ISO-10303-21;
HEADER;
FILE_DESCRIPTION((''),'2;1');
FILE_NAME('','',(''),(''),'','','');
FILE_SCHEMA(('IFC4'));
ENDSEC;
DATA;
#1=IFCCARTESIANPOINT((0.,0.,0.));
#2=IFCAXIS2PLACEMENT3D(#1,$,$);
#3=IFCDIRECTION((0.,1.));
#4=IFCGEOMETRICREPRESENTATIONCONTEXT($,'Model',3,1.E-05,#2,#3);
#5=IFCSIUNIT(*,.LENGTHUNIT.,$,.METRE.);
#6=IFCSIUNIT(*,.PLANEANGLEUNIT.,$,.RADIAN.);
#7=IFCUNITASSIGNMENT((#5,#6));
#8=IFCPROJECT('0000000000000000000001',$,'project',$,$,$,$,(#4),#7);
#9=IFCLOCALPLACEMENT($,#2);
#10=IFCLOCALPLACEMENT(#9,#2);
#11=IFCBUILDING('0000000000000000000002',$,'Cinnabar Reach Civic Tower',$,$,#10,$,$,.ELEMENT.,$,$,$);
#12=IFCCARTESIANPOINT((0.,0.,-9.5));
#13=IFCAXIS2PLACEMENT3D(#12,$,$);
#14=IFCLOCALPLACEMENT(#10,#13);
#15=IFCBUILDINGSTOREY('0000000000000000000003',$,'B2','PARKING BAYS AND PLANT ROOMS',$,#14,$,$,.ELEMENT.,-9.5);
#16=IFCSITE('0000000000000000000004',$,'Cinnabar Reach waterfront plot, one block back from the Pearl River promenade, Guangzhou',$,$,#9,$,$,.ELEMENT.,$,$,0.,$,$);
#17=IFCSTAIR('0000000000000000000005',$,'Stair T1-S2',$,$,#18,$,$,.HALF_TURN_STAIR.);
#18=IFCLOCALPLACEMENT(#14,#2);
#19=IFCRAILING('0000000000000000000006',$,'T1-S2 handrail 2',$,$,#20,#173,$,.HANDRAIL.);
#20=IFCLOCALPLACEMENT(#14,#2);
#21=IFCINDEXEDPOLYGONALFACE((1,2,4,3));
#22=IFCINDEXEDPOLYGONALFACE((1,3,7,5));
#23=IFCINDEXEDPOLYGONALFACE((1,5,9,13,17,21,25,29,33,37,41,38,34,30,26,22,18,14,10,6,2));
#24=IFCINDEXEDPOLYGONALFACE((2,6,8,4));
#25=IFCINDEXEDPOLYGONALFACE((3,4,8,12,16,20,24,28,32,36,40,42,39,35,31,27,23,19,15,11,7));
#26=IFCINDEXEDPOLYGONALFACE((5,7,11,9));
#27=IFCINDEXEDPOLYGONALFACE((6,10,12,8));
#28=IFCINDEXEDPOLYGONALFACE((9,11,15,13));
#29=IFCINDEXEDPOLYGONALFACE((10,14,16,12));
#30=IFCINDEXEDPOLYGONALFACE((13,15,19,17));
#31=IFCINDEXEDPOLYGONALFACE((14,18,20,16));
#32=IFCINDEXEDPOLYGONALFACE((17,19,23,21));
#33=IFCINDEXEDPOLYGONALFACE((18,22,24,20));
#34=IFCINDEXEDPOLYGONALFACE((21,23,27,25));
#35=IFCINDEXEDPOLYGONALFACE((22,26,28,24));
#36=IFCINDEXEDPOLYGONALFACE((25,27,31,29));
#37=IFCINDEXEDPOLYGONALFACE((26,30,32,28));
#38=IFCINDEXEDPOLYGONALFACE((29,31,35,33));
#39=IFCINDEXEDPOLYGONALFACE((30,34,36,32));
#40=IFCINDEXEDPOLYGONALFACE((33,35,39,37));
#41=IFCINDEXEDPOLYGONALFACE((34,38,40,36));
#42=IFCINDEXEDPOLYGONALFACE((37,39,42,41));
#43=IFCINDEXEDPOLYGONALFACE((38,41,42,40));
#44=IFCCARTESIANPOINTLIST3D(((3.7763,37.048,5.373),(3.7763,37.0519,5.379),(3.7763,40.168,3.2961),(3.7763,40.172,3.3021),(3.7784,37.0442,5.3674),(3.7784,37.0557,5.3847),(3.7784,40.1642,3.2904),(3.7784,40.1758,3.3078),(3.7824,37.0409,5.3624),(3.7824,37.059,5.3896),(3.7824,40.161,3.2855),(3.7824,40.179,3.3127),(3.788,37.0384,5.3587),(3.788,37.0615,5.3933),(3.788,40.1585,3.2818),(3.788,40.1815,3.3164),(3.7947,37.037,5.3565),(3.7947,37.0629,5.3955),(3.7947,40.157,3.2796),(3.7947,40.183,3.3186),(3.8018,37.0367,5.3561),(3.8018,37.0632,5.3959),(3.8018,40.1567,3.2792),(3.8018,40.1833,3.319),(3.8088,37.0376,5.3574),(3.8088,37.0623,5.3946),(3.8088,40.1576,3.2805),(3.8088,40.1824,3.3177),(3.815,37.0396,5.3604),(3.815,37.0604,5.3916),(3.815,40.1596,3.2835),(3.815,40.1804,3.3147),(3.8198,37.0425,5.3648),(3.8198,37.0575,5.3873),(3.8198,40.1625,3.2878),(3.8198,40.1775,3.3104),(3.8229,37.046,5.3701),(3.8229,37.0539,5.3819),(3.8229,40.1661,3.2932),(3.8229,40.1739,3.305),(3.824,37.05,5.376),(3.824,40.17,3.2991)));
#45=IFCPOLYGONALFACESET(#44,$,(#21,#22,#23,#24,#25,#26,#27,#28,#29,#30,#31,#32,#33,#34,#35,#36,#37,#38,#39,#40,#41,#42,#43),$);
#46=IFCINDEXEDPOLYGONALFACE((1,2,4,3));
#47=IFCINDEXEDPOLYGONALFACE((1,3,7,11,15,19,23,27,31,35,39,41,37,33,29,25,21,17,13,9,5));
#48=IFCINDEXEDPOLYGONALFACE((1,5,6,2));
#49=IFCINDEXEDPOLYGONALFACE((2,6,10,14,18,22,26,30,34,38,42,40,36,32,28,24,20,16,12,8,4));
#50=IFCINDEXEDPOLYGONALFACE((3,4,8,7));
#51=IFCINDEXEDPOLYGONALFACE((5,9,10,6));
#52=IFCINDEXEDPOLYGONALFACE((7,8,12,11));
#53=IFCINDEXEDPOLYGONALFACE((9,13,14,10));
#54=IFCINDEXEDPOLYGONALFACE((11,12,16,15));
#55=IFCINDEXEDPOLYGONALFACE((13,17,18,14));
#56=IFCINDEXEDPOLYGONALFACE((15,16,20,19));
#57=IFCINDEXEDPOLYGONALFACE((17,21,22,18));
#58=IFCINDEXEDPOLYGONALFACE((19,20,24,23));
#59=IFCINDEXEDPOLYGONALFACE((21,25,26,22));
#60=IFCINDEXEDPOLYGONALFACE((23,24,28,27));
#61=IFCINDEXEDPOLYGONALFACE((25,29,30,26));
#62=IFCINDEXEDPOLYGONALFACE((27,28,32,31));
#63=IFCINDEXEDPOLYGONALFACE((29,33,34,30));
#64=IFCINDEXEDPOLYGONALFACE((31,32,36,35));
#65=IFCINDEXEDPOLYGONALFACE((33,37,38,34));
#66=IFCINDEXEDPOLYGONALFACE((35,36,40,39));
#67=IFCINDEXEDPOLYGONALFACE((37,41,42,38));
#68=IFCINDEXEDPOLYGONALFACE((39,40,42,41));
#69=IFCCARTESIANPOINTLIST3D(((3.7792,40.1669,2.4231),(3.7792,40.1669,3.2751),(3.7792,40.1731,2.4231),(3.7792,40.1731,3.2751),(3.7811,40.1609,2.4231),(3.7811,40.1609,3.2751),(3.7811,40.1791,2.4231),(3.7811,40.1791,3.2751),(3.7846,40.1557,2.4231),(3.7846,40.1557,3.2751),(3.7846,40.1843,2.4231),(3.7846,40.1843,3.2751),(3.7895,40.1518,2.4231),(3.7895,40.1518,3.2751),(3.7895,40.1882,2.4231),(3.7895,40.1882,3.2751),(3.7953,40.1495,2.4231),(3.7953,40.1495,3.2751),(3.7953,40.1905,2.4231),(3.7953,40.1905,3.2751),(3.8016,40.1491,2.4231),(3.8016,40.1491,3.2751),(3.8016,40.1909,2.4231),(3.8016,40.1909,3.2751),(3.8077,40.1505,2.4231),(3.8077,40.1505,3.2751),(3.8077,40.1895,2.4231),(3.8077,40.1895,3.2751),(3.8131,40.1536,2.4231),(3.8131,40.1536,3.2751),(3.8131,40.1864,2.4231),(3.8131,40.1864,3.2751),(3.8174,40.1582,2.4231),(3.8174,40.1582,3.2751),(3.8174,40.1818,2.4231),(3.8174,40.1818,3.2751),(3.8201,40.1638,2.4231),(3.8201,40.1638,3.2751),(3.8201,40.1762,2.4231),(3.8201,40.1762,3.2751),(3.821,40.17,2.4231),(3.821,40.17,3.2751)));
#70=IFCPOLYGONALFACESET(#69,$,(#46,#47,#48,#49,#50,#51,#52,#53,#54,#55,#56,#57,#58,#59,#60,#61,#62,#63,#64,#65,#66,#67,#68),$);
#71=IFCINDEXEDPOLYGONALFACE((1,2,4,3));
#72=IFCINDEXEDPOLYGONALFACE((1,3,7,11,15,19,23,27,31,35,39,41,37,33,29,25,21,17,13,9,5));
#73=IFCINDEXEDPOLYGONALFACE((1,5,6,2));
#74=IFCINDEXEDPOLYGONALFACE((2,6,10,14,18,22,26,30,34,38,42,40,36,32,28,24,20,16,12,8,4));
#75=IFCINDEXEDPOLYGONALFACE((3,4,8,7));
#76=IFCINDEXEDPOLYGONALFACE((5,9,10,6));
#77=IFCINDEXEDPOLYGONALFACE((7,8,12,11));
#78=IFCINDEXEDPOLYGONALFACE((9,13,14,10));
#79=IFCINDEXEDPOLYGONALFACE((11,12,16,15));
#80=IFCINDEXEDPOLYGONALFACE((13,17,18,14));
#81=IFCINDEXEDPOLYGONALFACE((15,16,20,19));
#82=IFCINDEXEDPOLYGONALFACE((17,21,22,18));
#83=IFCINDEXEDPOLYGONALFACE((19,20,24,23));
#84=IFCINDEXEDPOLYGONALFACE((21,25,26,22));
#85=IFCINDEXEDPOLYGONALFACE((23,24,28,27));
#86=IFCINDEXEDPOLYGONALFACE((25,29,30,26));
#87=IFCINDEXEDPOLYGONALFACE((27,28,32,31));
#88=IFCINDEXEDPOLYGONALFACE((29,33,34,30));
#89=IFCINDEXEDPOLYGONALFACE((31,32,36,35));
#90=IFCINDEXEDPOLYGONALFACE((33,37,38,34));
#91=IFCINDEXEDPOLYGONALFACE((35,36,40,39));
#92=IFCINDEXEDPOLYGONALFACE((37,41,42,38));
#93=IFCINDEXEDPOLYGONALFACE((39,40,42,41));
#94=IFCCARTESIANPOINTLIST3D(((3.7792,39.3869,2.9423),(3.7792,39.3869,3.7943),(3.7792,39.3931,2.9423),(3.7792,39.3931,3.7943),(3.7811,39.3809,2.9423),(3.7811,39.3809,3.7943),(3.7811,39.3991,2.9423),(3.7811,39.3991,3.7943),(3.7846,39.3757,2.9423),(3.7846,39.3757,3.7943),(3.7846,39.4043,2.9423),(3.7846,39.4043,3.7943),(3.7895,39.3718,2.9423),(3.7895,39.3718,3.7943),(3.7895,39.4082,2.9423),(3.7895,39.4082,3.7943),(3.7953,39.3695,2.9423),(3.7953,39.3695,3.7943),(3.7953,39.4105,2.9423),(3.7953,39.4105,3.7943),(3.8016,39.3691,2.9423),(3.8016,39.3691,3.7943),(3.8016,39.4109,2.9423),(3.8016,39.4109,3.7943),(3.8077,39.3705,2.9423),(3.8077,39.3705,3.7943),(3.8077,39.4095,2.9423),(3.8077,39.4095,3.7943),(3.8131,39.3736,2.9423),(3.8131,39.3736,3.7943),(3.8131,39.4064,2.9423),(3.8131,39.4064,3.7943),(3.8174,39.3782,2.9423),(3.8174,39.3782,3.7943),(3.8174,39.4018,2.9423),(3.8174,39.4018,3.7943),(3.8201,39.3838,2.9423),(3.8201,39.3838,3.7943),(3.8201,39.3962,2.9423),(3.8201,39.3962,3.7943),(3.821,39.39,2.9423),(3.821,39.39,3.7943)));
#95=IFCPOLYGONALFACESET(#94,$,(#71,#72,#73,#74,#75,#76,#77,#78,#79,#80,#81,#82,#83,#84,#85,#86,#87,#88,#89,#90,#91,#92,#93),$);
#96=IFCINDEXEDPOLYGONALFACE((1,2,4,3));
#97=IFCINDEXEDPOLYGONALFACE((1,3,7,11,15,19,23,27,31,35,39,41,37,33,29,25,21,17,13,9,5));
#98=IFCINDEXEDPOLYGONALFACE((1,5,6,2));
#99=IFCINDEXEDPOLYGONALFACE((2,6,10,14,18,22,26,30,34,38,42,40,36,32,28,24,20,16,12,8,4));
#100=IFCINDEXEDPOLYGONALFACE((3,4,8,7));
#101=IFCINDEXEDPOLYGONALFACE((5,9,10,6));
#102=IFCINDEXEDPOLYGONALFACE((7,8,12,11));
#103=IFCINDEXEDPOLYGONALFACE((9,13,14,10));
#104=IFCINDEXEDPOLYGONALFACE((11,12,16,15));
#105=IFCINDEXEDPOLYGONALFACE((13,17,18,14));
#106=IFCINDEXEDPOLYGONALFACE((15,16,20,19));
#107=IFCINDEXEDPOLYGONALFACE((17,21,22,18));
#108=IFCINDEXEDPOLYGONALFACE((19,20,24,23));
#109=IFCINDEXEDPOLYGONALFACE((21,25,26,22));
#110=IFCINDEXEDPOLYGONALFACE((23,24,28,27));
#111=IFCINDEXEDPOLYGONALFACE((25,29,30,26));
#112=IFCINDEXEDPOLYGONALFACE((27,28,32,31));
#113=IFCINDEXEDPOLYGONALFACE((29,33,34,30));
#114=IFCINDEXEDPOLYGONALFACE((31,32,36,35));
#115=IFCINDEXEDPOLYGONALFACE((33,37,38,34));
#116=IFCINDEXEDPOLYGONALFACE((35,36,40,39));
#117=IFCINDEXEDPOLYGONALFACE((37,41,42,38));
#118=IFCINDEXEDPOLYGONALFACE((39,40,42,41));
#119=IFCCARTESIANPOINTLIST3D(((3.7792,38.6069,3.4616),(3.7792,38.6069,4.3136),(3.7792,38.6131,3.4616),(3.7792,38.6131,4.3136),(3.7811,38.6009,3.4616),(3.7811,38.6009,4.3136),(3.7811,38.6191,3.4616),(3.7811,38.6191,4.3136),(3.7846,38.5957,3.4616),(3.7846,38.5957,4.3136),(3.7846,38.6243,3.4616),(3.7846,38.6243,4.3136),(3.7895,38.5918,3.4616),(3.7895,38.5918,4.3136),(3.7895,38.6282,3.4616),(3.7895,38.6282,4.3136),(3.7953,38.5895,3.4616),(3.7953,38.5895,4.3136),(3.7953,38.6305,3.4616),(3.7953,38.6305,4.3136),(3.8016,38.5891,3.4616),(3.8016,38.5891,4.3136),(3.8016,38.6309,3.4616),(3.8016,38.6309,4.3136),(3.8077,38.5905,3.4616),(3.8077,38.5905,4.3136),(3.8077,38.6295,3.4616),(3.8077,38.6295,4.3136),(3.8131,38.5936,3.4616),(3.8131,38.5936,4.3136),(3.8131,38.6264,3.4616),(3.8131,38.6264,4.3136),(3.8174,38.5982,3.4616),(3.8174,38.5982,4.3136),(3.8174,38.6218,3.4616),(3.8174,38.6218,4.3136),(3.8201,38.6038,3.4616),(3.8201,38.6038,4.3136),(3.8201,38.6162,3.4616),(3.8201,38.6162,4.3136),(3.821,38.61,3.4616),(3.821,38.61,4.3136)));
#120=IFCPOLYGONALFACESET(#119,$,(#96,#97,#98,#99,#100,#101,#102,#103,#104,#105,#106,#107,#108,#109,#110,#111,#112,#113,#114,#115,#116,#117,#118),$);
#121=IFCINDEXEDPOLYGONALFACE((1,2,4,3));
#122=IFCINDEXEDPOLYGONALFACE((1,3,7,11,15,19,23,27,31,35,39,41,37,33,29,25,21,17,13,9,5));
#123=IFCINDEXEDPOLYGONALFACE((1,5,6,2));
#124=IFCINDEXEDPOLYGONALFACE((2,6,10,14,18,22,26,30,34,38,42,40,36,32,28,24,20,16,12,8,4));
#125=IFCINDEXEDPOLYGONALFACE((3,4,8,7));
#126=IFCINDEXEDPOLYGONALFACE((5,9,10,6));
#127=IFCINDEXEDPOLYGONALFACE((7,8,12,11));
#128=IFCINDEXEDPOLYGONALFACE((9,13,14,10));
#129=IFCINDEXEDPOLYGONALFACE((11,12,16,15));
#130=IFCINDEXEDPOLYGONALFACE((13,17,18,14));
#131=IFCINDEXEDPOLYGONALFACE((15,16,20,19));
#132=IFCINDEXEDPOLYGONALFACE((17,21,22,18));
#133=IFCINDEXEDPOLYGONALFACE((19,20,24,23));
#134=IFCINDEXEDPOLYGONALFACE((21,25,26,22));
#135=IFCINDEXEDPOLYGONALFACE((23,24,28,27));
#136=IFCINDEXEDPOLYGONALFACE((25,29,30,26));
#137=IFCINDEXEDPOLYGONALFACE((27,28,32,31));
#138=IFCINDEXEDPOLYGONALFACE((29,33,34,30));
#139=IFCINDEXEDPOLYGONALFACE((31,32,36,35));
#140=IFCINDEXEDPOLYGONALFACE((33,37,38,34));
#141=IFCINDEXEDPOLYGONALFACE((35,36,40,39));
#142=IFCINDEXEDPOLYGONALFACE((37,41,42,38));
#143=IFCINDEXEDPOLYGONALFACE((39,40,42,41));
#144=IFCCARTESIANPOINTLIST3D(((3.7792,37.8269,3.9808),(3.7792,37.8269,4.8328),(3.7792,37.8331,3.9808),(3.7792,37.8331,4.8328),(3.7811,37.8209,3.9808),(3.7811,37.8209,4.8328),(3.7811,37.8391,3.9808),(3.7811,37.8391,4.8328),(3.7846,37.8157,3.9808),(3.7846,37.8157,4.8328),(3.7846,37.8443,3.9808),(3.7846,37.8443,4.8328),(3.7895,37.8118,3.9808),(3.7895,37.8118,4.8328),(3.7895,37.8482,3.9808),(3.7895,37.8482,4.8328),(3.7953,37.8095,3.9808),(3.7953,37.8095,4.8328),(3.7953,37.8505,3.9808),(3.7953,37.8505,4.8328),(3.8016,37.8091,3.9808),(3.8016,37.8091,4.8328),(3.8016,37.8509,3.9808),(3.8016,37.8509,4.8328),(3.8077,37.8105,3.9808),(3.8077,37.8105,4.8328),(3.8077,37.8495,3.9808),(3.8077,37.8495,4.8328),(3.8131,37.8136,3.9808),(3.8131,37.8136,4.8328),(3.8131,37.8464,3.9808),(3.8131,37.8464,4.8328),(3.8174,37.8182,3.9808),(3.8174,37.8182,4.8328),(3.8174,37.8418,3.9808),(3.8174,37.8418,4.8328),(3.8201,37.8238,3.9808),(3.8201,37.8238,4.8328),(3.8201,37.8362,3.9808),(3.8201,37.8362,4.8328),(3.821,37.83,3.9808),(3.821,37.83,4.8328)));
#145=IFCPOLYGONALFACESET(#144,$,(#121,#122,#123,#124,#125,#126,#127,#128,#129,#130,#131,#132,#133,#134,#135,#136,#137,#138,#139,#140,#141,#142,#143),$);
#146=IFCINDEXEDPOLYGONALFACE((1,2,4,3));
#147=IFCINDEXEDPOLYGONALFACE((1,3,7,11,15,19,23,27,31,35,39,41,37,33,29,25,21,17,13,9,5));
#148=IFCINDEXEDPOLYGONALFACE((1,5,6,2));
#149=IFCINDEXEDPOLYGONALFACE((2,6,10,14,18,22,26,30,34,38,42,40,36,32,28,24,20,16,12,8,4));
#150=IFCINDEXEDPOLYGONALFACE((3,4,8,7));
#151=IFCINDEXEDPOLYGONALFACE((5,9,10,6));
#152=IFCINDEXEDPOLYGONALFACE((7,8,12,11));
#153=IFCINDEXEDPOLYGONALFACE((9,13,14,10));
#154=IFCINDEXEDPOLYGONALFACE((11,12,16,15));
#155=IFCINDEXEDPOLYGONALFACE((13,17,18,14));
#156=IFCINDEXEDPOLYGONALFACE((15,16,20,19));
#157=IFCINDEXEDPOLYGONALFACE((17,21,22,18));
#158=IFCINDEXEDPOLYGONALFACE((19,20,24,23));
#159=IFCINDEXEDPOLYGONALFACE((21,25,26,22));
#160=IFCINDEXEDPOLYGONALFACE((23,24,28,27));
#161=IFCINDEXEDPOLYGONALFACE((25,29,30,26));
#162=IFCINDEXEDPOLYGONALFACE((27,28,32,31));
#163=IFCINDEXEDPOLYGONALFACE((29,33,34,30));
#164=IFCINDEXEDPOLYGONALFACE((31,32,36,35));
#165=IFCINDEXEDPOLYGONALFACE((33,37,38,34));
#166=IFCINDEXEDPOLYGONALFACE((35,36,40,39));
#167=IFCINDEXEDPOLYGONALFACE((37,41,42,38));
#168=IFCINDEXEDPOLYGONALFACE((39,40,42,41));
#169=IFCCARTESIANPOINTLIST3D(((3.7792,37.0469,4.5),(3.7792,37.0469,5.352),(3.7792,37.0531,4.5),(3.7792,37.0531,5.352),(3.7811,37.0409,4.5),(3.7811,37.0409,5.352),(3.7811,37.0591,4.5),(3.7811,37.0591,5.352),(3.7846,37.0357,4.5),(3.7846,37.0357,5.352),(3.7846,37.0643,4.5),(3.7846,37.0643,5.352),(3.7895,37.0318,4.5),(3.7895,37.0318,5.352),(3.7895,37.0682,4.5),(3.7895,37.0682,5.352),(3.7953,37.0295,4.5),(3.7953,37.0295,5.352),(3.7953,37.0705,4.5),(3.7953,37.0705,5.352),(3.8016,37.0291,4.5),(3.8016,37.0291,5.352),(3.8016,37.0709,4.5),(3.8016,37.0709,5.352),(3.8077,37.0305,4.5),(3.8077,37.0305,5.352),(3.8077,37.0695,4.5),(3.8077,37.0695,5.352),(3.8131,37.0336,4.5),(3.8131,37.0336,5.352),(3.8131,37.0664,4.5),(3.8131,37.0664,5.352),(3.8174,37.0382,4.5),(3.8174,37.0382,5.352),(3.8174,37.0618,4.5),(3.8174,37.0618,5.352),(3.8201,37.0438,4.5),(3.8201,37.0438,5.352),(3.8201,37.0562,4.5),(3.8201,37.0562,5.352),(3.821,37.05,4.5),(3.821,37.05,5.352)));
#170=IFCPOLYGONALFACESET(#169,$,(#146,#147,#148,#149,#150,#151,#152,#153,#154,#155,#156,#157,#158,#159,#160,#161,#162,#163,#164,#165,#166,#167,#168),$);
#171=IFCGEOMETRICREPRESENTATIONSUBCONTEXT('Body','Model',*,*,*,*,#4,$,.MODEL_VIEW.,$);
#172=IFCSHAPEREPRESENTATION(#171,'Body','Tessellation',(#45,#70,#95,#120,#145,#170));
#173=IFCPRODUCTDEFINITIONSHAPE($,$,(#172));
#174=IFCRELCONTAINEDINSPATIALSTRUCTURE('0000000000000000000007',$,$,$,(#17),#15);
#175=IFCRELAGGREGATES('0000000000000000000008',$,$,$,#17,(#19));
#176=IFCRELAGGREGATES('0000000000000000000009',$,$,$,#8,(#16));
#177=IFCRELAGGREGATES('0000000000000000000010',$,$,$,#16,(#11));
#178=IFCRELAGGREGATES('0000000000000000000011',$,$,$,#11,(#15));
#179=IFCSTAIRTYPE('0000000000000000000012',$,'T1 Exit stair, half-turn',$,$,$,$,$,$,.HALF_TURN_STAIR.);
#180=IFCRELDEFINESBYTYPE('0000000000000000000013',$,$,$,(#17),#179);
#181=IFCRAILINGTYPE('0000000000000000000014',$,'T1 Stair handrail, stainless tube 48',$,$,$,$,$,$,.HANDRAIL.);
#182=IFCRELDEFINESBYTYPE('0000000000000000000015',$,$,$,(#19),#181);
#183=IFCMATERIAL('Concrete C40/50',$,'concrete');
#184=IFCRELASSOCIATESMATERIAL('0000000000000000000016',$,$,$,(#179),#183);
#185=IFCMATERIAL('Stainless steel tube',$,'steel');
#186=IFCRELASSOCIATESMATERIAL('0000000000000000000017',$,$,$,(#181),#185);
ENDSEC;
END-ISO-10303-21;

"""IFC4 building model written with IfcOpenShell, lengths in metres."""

from ifc_helpers import new_model, si_unit, direction, frame, origin, origin_2d, place, context, subcontext, project, spatial, circle, extrude, material, type_object, element, aggregate, save


model = new_model("IFC4")

# Units and contexts
model_context = context("Model", 3, precision=1e-05, world=origin(), true_north=direction((0.0, 1.0)))
body_context = subcontext(model_context, "Body", "Model", "MODEL_VIEW")
ifc_project = project(units=[si_unit("LENGTHUNIT", "METRE"), si_unit("PLANEANGLEUNIT", "RADIAN")], contexts=[model_context])

# Site, building, storey
site_placement = place(None, origin())
site = spatial("IfcSite", under=ifc_project, at=site_placement, Name="Cinnabar Reach waterfront plot, one block back from the Pearl River promenade, Guangzhou", CompositionType="ELEMENT", RefElevation=0.0)
building_placement = place(site_placement, origin())
building = spatial("IfcBuilding", under=site, at=building_placement, Name="Cinnabar Reach Civic Tower", CompositionType="ELEMENT")
storey_placement = place(building_placement, frame((0.0, 0.0, -9.5)))
storey = spatial("IfcBuildingStorey", under=building, at=storey_placement, Name="B2", Description="PARKING BAYS AND PLANT ROOMS", CompositionType="ELEMENT", Elevation=-9.5)

# Shared definitions
ifc_material_1 = material(Name="Concrete C40/50", Category="concrete")

# Stair, railing
stair_type = type_object("IfcStairType", Name="T1 Exit stair, half-turn", PredefinedType="HALF_TURN_STAIR", material=ifc_material_1)
stair_placement = place(storey_placement, origin())
stair = element("IfcStair", 1, at=stair_placement, inside=storey, type_object=stair_type, Name="Stair T1-S2", PredefinedType="HALF_TURN_STAIR")
ifc_material_2 = material(Name="Stainless steel tube", Category="steel")
railing_type = type_object("IfcRailingType", Name="T1 Stair handrail, stainless tube 48", PredefinedType="HANDRAIL", material=ifc_material_2)
railing_1_placement = place(storey_placement, frame((3.8, 40.17, 2.4231)))
railing_1 = element("IfcRailing", 2, at=railing_1_placement, type_object=railing_type, Name="T1-S2 handrail 2", PredefinedType="HANDRAIL", context=body_context, shape_type="SweptSolid", body=[
    extrude(circle(Radius=0.024, at=origin_2d()), frame((0.0, 0.0, 0.876), z_axis=(0.0, -0.832432, 0.554127), x_axis=(1.0, 0.0, 0.0)), (0.0, 0.0, 1.0), 3.7481),
    extrude(circle(Radius=0.021, at=origin_2d()), origin(), (0.0, 0.0, 1.0), 0.852),
    extrude(circle(Radius=0.021, at=origin_2d()), frame((0.0, -0.78, 0.5192)), (0.0, 0.0, 1.0), 0.852),
    extrude(circle(Radius=0.021, at=origin_2d()), frame((0.0, -1.56, 1.0385)), (0.0, 0.0, 1.0), 0.852),
    extrude(circle(Radius=0.021, at=origin_2d()), frame((0.0, -2.34, 1.5577)), (0.0, 0.0, 1.0), 0.852),
    extrude(circle(Radius=0.021, at=origin_2d()), frame((0.0, -3.12, 2.0769)), (0.0, 0.0, 1.0), 0.852),
])
aggregate(stair, [railing_1])

save(model, "model.ifc")
